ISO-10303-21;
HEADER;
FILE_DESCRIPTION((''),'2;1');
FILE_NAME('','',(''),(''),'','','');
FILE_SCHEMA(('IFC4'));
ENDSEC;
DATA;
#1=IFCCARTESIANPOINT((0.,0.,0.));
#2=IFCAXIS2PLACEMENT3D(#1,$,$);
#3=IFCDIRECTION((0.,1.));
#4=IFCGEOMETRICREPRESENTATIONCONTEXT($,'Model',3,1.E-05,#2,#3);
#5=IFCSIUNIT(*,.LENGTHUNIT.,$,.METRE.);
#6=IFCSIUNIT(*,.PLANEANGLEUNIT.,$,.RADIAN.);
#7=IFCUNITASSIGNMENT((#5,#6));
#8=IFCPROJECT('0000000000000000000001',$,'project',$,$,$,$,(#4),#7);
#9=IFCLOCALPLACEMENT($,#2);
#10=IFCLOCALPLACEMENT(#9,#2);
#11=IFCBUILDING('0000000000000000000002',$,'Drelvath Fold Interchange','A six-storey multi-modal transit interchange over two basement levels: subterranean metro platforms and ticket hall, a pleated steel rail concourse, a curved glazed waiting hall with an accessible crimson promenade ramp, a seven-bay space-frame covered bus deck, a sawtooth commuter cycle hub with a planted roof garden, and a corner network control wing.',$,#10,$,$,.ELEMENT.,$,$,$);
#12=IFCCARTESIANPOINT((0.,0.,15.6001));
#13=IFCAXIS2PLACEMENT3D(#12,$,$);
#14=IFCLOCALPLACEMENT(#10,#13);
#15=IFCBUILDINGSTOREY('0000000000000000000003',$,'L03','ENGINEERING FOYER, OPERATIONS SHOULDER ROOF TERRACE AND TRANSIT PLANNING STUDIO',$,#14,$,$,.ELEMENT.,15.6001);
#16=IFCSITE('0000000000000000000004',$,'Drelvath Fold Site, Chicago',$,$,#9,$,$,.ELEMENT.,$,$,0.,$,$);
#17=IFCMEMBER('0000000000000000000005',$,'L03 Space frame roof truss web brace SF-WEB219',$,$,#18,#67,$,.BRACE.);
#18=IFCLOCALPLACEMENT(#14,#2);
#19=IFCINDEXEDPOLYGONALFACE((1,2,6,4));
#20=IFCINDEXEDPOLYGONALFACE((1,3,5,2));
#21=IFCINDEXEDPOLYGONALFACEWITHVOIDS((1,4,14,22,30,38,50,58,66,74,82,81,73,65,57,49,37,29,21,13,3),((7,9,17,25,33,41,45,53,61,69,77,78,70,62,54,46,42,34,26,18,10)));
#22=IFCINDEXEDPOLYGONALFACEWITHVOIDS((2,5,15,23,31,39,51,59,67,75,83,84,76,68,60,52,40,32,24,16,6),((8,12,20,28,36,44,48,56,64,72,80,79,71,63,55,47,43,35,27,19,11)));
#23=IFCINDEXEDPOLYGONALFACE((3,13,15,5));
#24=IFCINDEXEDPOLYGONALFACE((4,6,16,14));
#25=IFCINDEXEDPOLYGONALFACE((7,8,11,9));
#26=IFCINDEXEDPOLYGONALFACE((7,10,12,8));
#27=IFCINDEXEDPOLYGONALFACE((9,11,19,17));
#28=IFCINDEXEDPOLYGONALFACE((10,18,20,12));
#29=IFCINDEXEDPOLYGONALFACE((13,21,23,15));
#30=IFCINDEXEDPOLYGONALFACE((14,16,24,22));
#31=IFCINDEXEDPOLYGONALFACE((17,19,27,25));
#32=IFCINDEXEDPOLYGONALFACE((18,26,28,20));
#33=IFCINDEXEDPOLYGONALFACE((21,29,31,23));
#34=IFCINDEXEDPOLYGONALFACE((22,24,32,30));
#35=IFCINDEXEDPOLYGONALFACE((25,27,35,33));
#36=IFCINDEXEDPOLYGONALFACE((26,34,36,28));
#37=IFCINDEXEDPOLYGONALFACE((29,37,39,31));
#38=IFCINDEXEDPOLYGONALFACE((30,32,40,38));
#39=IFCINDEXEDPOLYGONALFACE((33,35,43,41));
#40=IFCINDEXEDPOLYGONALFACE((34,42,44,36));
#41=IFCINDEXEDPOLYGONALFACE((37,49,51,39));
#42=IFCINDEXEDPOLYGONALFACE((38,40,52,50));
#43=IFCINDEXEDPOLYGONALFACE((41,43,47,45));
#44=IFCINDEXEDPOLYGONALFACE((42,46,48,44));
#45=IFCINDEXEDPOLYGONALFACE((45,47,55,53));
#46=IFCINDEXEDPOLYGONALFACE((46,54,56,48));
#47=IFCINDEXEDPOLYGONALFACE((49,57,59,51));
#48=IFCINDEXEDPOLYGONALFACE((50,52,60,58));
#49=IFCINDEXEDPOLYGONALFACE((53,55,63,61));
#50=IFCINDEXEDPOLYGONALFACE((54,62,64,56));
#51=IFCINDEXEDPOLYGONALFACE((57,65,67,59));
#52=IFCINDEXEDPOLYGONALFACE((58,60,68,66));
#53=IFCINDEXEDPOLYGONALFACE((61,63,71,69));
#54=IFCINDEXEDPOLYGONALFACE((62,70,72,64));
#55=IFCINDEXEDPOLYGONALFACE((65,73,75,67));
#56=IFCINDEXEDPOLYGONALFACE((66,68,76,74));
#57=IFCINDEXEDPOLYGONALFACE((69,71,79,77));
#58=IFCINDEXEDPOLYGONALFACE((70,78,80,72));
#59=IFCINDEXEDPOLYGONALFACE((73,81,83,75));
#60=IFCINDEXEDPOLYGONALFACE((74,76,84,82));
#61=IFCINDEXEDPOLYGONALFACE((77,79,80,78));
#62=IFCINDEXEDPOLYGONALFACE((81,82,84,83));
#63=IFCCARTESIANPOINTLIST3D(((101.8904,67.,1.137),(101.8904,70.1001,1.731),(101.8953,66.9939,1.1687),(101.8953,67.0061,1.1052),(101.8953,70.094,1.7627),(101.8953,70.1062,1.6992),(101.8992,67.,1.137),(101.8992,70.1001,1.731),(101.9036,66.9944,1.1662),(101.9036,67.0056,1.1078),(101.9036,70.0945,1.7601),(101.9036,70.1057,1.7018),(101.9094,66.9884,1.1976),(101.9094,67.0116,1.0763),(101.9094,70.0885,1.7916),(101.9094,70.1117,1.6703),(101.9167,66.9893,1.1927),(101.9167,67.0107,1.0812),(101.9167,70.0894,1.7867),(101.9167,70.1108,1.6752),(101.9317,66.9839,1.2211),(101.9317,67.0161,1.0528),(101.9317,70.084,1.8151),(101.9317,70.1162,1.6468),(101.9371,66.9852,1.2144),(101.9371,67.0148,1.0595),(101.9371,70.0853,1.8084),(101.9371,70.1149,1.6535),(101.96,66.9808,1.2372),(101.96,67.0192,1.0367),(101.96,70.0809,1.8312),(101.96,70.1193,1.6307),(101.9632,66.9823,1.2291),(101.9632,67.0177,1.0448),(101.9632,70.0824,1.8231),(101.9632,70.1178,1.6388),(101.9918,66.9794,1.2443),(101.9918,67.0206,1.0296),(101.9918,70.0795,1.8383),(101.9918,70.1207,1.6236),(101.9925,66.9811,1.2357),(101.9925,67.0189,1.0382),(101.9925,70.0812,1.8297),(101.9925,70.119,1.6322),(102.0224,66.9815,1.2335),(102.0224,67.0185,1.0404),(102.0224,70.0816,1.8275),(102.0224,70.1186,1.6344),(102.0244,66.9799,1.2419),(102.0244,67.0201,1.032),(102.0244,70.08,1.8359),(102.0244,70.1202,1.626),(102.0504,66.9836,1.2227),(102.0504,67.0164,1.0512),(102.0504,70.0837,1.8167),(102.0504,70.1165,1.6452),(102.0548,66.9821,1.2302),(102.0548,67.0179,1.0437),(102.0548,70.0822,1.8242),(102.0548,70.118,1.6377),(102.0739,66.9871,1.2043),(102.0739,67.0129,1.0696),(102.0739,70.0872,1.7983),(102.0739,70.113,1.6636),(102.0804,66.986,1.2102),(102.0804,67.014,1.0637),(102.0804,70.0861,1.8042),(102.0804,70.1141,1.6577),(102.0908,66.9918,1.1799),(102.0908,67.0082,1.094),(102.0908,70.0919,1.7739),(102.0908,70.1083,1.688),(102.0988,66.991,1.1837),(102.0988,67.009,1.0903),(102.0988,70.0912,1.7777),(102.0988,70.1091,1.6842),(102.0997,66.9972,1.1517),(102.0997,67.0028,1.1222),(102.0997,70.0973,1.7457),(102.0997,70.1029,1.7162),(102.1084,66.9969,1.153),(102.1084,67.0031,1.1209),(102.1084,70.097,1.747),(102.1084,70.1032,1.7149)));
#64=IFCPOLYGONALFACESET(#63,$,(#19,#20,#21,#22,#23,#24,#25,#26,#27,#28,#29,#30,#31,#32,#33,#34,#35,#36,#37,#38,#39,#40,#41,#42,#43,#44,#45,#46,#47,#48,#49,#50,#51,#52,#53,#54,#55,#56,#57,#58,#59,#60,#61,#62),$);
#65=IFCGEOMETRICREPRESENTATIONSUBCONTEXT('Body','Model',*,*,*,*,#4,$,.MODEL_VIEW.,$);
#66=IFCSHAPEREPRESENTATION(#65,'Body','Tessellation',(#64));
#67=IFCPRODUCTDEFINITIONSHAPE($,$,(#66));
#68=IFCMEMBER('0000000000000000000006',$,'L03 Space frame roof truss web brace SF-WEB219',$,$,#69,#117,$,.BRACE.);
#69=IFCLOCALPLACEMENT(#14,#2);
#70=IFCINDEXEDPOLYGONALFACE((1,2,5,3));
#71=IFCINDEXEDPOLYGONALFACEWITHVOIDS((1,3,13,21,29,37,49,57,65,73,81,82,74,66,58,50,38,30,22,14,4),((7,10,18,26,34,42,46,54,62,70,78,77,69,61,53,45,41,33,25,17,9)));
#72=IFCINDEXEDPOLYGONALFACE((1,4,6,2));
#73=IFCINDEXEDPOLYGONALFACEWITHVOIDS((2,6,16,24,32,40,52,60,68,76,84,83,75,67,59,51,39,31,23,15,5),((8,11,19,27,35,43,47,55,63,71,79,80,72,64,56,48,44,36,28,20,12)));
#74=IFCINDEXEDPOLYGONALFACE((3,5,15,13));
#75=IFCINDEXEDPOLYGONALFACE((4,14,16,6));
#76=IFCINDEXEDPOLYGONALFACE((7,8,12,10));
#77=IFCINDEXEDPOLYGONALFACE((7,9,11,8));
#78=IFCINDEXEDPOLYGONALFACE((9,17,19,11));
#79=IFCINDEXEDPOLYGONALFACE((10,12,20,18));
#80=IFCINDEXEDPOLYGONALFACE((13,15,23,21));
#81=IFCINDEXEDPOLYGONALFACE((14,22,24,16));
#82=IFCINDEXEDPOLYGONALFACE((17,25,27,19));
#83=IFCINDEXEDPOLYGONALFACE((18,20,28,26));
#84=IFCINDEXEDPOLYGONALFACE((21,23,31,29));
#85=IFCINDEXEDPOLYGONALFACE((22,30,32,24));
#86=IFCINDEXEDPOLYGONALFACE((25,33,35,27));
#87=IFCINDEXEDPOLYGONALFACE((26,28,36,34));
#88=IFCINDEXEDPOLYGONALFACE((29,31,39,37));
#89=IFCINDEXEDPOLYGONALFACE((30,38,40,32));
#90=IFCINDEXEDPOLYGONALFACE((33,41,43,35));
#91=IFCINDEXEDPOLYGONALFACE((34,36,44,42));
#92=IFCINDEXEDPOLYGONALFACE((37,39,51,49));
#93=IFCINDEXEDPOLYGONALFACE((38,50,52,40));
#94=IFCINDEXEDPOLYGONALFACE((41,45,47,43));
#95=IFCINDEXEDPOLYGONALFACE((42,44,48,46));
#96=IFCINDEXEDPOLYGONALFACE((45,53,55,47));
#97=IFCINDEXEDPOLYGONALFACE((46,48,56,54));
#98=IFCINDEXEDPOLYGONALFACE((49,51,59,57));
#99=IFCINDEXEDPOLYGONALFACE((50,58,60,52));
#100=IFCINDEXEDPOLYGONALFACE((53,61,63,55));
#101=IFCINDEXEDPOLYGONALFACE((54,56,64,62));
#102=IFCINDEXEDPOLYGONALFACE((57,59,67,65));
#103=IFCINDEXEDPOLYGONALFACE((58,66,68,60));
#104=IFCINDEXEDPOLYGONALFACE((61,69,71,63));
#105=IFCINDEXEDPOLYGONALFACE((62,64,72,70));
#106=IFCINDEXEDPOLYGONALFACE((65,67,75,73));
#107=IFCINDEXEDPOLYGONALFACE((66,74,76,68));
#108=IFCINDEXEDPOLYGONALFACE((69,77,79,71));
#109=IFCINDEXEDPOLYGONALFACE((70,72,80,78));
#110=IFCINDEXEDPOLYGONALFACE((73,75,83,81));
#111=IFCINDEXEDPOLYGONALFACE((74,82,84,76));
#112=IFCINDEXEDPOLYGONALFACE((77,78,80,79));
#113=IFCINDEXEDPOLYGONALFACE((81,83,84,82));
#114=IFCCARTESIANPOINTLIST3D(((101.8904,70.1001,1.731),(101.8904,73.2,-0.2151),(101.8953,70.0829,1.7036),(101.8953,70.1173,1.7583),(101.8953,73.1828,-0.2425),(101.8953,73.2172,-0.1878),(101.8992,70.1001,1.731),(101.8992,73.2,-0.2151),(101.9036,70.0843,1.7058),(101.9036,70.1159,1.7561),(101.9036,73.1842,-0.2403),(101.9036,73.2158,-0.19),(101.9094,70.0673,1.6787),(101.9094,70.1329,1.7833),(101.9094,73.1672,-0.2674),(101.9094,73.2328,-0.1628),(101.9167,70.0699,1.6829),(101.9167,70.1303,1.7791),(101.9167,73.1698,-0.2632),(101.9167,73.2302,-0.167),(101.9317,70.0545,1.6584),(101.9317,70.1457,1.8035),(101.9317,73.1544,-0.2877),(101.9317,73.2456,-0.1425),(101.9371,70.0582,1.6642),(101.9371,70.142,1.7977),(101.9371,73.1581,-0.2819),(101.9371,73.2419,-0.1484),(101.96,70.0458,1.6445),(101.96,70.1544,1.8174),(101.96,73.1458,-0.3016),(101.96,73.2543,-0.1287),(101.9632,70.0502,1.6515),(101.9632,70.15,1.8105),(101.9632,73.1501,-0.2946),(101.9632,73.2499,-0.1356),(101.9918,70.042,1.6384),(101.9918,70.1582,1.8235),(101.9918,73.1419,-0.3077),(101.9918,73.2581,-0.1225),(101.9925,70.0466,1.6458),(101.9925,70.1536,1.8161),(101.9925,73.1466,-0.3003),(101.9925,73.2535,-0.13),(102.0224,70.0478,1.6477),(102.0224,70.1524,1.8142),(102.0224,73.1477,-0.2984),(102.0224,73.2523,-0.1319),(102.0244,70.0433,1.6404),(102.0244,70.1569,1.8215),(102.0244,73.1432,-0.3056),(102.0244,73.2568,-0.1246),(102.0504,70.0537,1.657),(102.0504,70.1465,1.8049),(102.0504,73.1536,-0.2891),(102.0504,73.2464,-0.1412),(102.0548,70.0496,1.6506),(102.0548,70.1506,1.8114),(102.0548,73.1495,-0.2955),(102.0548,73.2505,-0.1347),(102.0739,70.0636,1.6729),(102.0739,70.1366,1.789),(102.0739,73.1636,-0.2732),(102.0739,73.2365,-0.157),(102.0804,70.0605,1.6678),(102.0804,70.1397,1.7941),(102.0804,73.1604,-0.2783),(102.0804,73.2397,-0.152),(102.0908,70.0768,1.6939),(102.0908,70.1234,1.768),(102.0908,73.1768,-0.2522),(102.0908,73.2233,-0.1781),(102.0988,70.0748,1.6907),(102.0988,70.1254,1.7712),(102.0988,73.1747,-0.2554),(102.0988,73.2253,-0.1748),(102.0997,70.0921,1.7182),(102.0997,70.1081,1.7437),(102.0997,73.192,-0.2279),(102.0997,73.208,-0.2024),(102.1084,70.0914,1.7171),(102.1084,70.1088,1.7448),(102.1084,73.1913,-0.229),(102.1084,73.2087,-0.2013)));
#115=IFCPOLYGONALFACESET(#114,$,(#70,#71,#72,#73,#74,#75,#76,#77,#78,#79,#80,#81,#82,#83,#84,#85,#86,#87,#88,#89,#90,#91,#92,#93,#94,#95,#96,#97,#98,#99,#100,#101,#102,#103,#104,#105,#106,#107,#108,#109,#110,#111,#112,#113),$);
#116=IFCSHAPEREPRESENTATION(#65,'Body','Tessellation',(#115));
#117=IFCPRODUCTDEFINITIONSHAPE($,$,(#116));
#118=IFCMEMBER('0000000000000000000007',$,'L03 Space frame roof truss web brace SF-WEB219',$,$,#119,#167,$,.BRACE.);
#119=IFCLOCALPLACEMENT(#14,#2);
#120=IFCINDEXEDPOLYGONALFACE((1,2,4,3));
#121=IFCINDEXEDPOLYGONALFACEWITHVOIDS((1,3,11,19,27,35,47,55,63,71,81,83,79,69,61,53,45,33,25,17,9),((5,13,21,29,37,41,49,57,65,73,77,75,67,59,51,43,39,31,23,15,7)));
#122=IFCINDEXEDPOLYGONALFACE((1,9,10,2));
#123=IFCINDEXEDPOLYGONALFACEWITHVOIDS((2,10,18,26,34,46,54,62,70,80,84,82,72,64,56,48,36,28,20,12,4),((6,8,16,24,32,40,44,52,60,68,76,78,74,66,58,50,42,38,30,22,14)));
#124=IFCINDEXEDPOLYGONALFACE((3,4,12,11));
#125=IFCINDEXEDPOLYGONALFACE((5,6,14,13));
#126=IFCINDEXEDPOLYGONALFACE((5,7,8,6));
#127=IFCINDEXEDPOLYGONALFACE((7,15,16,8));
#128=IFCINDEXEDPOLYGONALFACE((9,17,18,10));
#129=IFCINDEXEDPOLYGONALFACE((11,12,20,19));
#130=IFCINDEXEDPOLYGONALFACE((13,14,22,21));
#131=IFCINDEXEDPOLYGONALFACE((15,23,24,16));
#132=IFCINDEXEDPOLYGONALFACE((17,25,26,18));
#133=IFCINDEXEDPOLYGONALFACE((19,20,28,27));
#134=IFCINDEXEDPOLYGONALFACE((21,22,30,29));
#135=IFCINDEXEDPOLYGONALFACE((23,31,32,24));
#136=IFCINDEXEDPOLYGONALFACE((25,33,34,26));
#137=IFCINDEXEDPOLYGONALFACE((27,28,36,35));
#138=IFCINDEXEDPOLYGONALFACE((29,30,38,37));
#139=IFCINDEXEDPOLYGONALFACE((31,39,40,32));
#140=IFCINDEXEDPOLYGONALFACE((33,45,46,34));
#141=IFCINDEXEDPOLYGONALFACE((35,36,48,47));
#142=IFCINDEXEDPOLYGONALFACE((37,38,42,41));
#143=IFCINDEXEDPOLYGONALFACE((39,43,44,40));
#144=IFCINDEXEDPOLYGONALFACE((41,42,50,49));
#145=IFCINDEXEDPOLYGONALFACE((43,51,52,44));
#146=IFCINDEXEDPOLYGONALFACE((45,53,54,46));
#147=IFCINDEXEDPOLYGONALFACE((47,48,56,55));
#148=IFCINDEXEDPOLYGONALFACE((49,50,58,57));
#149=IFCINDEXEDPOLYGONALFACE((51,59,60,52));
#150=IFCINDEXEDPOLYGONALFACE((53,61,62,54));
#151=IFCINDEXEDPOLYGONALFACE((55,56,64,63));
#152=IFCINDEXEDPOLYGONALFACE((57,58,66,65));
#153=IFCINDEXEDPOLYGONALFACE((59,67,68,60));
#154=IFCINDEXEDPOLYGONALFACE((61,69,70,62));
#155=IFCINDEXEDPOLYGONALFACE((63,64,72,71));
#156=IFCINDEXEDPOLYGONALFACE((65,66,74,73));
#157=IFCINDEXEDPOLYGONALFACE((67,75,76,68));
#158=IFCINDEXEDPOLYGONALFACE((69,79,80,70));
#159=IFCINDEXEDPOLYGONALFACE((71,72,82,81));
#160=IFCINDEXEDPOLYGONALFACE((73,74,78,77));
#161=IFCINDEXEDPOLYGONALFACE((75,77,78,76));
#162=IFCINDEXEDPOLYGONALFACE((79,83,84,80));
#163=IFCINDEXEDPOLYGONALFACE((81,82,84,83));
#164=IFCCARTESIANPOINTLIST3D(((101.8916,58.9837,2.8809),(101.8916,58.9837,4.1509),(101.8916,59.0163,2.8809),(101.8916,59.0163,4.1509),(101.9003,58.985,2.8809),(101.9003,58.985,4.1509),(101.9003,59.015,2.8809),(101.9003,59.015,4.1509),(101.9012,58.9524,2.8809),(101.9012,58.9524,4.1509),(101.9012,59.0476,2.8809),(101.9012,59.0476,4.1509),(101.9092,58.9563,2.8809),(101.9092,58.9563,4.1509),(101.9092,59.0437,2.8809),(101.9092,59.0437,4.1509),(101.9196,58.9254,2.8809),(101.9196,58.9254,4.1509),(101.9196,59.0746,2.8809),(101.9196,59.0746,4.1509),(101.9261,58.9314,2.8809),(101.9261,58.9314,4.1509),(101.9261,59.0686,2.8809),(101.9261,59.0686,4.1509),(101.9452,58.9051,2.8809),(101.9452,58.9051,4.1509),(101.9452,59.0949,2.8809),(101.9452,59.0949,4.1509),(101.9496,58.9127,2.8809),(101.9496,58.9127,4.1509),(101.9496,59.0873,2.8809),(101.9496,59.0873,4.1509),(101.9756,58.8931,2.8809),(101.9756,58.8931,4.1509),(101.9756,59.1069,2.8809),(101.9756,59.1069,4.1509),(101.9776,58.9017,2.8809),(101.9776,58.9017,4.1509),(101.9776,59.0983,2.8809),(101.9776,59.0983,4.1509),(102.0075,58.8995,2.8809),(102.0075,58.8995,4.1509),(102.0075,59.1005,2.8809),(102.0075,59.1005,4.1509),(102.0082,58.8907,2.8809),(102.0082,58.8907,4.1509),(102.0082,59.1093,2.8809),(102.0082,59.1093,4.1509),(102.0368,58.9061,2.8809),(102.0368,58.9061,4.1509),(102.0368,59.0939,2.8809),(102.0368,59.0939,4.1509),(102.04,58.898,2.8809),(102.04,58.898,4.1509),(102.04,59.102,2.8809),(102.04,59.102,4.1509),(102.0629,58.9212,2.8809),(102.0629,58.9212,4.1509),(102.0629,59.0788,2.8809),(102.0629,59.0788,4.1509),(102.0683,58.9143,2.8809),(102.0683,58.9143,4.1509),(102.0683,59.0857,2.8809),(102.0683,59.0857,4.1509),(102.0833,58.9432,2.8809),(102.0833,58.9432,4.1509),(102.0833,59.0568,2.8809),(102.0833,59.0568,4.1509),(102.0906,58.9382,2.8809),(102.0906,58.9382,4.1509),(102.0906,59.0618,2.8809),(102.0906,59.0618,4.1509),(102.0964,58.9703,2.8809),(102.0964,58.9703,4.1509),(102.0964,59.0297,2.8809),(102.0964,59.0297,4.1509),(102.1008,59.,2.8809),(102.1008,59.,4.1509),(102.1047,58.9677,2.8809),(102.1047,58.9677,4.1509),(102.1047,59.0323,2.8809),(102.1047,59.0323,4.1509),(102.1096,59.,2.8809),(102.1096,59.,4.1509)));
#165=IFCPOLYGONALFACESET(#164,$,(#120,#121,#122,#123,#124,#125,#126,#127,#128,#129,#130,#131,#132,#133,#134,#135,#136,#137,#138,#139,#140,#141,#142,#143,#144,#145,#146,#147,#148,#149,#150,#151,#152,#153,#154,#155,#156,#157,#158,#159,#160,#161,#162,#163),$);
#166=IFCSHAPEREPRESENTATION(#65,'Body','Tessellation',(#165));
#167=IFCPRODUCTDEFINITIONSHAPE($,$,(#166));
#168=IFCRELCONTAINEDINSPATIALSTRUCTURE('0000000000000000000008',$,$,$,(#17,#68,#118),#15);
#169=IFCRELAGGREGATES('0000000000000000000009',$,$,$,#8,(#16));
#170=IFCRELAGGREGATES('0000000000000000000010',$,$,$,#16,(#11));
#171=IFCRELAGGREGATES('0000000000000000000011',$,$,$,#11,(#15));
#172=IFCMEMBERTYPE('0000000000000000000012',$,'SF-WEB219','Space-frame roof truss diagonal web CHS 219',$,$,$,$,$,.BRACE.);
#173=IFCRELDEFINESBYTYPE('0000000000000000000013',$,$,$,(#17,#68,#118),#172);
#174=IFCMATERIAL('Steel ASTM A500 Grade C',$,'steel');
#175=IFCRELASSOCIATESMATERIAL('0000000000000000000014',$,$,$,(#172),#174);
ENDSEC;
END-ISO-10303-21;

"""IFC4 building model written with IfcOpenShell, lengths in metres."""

from ifc_helpers import new_model, si_unit, direction, frame, origin, origin_2d, place, context, subcontext, project, spatial, hollow_circle, extrude, material, material_profile, profile_set, type_object, element, save


model = new_model("IFC4")

# Units and contexts
model_context = context("Model", 3, precision=1e-05, world=origin(), true_north=direction((0.0, 1.0)))
body_context = subcontext(model_context, "Body", "Model", "MODEL_VIEW")
ifc_project = project(units=[si_unit("LENGTHUNIT", "METRE"), si_unit("PLANEANGLEUNIT", "RADIAN")], contexts=[model_context])

# Site, building, storey
site_placement = place(None, origin())
site = spatial("IfcSite", under=ifc_project, at=site_placement, Name="Drelvath Fold Site, Chicago", CompositionType="ELEMENT", RefElevation=0.0)
building_placement = place(site_placement, origin())
building = spatial("IfcBuilding", under=site, at=building_placement, Name="Drelvath Fold Interchange", Description="A six-storey multi-modal transit interchange over two basement levels: subterranean metro platforms and ticket hall, a pleated steel rail concourse, a curved glazed waiting hall with an accessible crimson promenade ramp, a seven-bay space-frame covered bus deck, a sawtooth commuter cycle hub with a planted roof garden, and a corner network control wing.", CompositionType="ELEMENT")
storey_placement = place(building_placement, frame((0.0, 0.0, 15.6001)))
storey = spatial("IfcBuildingStorey", under=building, at=storey_placement, Name="L03", Description="ENGINEERING FOYER, OPERATIONS SHOULDER ROOF TERRACE AND TRANSIT PLANNING STUDIO", CompositionType="ELEMENT", Elevation=15.6001)

# Shared definitions
ifc_material_1 = material(Name="Steel ASTM A500 Grade C", Category="steel")

# Members
ifc_material_profile_1 = material_profile(ifc_material_1, hollow_circle(Radius=0.1096, WallThickness=0.0088, at=origin_2d()), Name="HSS8.625X0.375")
ifc_profile_set_1 = profile_set([ifc_material_profile_1], Name="Steel ASTM A500 Grade C")
member_type_1 = type_object("IfcMemberType", Name="SF-WEB219", Description="Space-frame roof truss diagonal web CHS 219", PredefinedType="BRACE", material=ifc_profile_set_1)
member_1_placement = place(storey_placement, frame((102.0, 67.0, 1.137), z_axis=(0.0, 0.982134, 0.188182), x_axis=(-1.0, 0.0, 0.0)))
element("IfcMember", 1, at=member_1_placement, inside=storey, type_object=member_type_1, Name="L03 Space frame roof truss web brace SF-WEB219", PredefinedType="BRACE", context=body_context, shape_type="SweptSolid", body=[
    extrude(hollow_circle(Radius=0.1096, WallThickness=0.0088, at=origin_2d()), origin(), (0.0, 0.0, 1.0), 3.1565),
])
member_2_placement = place(storey_placement, frame((102.0, 70.1001, 1.731), z_axis=(0.0, 0.846936, -0.531695), x_axis=(-1.0, 0.0, 0.0)))
element("IfcMember", 2, at=member_2_placement, inside=storey, type_object=member_type_1, Name="L03 Space frame roof truss web brace SF-WEB219", PredefinedType="BRACE", context=body_context, shape_type="SweptSolid", body=[
    extrude(hollow_circle(Radius=0.1096, WallThickness=0.0088, at=origin_2d()), origin(), (0.0, 0.0, 1.0), 3.6602),
])
for number, where, z_axis, x_axis, name in (
    (3, (102.0, 59.0, 2.8809), (0.0, 0.0, 1.0), (1.0, 0.0, 0.0), "L03 Space frame roof truss web brace SF-WEB219"),
):
    element("IfcMember", number, at=place(storey_placement, frame(where, z_axis=z_axis, x_axis=x_axis)), inside=storey, type_object=member_type_1, Name=name, PredefinedType="BRACE", context=body_context, shape_type="SweptSolid", body=[
        extrude(hollow_circle(Radius=0.1096, WallThickness=0.0088, at=origin_2d()), origin(), (0.0, 0.0, 1.0), 1.27),
    ])

save(model, "model.ifc")
